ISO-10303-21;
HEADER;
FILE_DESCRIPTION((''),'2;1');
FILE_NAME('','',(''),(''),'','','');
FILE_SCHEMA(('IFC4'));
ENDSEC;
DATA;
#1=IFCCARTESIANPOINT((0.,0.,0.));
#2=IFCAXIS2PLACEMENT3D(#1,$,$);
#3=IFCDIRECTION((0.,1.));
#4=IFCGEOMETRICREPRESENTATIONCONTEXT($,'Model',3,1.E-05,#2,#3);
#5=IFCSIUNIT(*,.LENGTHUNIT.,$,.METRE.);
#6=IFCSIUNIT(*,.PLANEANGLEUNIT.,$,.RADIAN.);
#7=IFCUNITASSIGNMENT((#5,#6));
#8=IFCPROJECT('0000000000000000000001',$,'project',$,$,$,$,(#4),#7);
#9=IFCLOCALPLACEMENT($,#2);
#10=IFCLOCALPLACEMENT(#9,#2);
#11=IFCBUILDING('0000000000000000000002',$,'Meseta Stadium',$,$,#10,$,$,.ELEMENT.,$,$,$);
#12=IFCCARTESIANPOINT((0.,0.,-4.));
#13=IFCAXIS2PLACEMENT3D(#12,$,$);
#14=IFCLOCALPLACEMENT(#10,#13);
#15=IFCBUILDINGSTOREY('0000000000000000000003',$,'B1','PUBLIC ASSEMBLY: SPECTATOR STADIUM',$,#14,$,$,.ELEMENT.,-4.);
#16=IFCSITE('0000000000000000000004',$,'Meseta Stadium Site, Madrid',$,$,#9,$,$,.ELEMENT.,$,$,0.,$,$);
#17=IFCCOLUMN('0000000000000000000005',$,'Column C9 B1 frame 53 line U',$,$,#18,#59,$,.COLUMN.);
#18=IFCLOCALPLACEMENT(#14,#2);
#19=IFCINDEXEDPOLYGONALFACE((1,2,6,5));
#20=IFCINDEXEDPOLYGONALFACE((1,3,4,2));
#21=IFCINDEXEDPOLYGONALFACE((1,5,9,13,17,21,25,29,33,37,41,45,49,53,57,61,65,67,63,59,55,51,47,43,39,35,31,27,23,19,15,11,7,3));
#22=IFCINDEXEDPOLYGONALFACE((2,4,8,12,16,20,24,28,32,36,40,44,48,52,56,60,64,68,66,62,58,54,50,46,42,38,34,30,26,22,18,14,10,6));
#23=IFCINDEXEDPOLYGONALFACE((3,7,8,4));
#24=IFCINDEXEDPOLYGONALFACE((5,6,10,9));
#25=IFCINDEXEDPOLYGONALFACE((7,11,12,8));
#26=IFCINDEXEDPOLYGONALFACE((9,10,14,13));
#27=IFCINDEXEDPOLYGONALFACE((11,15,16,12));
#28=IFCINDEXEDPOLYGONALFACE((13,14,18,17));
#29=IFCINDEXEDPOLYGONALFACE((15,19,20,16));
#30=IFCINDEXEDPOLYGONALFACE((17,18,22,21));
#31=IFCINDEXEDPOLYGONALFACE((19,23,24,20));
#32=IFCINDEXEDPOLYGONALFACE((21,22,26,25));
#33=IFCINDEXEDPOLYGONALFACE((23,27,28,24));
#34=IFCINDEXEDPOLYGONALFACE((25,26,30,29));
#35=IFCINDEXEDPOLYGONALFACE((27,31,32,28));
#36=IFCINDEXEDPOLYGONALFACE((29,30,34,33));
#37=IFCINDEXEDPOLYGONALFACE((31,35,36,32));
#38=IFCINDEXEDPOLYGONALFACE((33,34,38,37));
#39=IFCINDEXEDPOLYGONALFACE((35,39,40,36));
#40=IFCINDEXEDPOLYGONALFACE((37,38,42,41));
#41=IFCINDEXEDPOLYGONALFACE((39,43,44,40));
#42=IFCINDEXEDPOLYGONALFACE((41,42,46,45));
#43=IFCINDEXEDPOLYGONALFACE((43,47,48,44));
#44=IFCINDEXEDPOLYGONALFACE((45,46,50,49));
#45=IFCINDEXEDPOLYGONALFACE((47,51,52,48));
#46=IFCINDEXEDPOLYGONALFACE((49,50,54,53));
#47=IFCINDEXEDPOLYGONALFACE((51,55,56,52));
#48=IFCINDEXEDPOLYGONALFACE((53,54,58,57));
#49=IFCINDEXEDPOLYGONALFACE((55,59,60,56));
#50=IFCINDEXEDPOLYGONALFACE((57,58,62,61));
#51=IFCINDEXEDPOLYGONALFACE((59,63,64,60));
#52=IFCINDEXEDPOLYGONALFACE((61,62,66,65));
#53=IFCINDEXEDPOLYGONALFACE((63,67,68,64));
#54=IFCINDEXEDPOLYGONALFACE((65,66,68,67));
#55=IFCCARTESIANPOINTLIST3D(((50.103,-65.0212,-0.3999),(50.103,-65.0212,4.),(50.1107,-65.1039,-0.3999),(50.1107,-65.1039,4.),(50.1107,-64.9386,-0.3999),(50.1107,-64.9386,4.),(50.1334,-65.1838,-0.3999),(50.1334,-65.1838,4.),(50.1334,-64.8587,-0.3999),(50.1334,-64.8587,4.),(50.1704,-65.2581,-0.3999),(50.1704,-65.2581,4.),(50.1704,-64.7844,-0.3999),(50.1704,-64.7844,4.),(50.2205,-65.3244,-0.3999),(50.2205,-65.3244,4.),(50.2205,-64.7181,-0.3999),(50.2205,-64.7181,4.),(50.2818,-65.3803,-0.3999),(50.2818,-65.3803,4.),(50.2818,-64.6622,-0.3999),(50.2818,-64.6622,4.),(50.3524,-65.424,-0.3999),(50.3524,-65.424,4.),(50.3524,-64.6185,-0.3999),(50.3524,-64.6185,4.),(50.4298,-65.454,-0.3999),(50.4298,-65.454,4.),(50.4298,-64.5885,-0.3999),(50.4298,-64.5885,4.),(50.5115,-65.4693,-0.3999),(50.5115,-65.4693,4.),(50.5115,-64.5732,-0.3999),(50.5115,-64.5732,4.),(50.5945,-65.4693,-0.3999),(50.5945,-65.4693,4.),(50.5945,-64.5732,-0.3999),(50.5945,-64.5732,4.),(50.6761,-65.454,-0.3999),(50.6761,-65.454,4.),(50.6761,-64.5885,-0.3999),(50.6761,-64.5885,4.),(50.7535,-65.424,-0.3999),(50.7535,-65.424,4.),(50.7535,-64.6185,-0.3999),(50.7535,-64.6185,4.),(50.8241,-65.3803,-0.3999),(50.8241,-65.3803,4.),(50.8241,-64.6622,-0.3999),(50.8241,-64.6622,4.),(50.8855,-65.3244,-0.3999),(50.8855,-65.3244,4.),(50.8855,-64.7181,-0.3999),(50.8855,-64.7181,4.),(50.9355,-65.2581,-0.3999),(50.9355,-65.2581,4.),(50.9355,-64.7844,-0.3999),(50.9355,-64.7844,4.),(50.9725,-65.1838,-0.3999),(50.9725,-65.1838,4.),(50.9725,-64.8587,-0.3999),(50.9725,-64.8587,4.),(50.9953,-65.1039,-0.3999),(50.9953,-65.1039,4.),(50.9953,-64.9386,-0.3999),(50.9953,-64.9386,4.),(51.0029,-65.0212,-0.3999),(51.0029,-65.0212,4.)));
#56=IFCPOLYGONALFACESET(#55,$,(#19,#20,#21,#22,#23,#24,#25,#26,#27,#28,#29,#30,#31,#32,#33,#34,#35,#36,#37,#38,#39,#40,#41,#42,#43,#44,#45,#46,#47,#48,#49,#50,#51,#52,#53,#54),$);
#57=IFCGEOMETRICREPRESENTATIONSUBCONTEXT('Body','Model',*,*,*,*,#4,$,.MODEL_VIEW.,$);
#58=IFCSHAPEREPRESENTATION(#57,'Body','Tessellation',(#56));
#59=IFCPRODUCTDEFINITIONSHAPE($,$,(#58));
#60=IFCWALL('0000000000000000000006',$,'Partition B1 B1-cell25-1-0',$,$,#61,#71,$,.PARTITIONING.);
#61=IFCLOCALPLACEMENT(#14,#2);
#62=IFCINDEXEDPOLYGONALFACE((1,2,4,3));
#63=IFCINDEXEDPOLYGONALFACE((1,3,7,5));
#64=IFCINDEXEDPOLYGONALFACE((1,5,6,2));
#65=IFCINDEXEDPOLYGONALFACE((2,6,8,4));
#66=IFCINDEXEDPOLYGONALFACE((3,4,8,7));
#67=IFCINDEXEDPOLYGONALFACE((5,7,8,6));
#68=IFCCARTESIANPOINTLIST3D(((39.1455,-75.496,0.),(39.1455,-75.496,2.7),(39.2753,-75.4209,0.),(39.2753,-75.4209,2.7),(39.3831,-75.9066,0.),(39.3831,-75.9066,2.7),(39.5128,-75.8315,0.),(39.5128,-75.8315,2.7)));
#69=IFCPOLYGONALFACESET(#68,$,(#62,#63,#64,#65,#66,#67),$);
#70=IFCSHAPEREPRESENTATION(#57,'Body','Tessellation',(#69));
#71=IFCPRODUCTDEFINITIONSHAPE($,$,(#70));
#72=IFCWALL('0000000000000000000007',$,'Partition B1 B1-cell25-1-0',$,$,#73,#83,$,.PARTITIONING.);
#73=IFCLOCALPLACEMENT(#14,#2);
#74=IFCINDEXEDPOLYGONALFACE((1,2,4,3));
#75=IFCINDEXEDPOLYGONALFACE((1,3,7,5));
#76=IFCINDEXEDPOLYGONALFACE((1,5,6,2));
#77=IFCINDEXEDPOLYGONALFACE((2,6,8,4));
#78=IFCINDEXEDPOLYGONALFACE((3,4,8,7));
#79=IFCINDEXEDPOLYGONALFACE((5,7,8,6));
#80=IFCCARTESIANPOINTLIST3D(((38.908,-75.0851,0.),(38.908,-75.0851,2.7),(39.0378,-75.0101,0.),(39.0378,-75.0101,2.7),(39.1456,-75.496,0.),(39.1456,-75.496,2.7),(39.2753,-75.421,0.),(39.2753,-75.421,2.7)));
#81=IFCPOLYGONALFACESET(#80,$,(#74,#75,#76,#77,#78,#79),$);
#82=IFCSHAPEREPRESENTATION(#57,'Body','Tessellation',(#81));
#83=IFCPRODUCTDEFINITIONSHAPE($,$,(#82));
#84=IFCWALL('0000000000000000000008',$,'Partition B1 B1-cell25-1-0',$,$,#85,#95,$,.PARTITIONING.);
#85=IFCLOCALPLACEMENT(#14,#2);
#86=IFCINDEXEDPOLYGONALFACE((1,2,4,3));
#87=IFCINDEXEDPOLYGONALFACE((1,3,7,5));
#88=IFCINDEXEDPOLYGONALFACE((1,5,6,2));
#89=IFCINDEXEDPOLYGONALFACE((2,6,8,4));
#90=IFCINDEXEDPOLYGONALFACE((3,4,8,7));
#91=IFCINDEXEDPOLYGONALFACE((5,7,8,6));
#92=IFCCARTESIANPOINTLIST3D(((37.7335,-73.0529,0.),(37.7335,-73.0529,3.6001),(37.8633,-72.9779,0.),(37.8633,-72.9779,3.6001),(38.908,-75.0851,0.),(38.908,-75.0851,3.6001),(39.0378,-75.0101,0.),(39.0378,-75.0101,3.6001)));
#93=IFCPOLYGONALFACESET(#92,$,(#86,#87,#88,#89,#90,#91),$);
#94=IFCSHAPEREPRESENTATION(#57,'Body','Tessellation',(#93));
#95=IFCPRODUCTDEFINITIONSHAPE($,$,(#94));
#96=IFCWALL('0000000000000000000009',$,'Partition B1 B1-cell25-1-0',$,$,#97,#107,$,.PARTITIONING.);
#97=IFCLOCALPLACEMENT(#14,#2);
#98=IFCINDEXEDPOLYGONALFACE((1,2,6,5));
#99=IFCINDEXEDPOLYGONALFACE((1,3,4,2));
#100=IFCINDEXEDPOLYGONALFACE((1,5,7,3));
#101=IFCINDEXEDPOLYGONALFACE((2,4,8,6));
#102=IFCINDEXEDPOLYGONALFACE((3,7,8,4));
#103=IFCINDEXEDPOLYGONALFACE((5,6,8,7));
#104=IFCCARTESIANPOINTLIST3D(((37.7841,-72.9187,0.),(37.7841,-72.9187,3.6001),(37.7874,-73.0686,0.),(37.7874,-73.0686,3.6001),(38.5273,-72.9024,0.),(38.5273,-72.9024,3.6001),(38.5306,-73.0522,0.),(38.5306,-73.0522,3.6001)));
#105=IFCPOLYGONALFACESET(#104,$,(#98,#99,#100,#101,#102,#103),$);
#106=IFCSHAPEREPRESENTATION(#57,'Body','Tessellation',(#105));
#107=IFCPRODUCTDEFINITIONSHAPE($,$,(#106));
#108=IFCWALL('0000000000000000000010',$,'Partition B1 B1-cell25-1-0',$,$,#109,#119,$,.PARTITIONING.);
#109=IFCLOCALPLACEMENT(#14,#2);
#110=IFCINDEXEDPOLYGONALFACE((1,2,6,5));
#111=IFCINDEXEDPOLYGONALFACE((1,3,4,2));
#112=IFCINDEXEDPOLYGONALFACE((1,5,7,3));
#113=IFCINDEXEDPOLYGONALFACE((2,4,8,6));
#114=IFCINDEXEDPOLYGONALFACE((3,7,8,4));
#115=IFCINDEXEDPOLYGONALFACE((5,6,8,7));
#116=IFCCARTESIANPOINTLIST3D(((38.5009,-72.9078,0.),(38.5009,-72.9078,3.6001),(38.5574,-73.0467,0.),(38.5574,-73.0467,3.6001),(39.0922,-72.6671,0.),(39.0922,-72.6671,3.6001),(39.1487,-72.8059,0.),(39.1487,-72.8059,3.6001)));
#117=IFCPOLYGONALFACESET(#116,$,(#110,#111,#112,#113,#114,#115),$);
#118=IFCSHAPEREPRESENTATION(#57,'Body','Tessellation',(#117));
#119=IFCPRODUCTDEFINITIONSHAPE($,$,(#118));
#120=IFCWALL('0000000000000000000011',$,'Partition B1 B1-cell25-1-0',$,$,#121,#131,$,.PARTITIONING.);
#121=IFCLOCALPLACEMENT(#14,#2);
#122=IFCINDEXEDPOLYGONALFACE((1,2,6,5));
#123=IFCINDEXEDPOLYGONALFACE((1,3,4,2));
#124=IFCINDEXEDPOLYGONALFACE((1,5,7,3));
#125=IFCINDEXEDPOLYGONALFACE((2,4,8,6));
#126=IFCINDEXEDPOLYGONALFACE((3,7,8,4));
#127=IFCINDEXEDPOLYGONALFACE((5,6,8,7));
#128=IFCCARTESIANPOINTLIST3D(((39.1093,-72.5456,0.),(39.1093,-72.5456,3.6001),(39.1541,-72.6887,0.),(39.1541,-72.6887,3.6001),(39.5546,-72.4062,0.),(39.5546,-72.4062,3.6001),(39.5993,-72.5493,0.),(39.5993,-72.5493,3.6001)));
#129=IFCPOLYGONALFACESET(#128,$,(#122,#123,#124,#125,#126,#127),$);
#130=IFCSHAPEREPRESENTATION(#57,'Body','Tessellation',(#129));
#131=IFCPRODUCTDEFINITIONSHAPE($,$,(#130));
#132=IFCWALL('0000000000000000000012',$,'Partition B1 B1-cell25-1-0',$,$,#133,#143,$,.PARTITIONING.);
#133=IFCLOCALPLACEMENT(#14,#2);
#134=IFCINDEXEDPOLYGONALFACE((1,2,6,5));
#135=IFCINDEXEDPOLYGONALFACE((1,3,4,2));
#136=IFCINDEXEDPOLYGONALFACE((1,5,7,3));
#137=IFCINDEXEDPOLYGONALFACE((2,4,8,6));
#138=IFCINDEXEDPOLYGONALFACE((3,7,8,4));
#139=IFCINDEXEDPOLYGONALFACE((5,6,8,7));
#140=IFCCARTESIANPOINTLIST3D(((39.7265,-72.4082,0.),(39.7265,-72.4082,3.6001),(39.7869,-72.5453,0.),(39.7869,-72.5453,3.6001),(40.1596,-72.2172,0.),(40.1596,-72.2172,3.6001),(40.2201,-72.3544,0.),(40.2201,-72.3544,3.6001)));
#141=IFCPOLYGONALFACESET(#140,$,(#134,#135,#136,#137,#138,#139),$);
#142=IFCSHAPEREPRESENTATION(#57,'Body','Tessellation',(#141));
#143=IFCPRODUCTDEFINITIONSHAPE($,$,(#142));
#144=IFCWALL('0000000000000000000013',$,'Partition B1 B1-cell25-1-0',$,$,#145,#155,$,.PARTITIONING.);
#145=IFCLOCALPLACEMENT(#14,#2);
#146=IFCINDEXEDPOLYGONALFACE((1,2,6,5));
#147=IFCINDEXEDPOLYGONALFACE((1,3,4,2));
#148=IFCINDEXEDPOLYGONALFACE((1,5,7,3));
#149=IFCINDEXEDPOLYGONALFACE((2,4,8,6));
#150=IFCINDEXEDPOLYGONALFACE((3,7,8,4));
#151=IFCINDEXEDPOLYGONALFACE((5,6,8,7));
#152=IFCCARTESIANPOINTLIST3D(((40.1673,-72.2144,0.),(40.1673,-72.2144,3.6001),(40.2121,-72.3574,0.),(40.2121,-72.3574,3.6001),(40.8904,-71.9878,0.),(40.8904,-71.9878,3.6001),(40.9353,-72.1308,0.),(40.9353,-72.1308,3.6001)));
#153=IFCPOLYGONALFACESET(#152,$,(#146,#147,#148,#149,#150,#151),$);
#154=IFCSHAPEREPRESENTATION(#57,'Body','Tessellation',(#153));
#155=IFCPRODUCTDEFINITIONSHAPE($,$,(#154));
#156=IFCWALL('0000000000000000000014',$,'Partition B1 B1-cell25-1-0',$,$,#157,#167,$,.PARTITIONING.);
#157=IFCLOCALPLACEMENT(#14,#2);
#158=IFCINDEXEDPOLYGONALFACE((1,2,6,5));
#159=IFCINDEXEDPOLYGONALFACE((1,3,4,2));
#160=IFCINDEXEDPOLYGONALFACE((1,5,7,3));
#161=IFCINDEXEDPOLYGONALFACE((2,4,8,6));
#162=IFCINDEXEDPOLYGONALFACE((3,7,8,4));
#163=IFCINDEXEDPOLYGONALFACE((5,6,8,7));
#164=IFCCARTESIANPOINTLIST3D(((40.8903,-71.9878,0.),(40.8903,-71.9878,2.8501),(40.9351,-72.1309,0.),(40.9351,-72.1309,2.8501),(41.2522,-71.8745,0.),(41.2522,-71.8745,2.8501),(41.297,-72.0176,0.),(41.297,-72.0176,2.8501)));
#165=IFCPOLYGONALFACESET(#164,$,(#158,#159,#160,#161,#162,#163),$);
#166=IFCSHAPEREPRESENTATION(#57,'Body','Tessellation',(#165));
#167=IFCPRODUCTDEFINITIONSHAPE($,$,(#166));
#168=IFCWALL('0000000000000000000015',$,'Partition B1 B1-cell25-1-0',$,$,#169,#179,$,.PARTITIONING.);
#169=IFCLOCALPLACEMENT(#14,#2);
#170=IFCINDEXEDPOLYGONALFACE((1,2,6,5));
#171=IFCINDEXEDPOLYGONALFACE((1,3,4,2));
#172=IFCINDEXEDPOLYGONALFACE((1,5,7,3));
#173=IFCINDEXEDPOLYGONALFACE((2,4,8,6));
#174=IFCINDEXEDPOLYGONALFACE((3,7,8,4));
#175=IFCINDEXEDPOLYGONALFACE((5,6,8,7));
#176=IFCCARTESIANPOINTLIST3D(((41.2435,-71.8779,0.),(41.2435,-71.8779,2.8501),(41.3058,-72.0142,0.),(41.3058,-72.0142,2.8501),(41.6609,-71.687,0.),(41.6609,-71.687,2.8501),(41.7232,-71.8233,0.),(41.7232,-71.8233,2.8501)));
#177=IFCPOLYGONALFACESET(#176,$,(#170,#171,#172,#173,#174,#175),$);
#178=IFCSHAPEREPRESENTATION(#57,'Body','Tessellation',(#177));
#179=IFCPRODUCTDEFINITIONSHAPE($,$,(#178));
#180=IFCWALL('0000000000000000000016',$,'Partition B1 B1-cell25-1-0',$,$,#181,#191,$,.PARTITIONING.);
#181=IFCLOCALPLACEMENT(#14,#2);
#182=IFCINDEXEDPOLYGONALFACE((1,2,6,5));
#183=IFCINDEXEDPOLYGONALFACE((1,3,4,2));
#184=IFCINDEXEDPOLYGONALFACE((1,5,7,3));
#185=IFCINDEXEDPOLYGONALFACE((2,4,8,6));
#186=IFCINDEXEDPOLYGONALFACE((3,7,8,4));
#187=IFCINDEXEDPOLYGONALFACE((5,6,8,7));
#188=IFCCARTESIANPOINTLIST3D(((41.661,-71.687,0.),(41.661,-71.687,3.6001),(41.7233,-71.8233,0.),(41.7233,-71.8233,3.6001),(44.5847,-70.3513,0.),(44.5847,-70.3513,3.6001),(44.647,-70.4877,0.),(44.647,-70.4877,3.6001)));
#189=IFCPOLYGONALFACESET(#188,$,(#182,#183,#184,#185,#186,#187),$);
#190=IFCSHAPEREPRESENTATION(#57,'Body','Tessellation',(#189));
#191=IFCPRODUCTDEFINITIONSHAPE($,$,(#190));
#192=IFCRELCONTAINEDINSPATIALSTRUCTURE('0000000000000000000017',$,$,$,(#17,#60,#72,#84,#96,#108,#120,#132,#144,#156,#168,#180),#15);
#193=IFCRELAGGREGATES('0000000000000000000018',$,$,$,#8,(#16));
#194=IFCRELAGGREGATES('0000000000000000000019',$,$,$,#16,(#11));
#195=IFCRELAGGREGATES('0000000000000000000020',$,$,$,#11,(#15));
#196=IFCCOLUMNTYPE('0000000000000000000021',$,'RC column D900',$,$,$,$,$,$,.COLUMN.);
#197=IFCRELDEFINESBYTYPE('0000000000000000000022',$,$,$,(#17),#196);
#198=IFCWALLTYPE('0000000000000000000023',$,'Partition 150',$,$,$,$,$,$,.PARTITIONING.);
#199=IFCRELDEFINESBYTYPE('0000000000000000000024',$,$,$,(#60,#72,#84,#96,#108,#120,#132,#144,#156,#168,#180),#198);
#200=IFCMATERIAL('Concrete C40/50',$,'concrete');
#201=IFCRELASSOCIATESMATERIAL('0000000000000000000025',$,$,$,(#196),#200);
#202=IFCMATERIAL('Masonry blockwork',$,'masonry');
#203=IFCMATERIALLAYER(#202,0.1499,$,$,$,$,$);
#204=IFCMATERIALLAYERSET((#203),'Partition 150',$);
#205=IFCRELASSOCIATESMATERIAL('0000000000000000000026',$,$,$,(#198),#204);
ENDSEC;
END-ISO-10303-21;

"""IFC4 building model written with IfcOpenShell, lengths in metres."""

from ifc_helpers import new_model, si_unit, direction, frame, frame_2d, origin, origin_2d, place, context, subcontext, project, spatial, rectangle, circle, extrude, material, layer, layer_set, material_profile, profile_set, type_object, element, save


model = new_model("IFC4")

# Units and contexts
model_context = context("Model", 3, precision=1e-05, world=origin(), true_north=direction((0.0, 1.0)))
body_context = subcontext(model_context, "Body", "Model", "MODEL_VIEW")
ifc_project = project(units=[si_unit("LENGTHUNIT", "METRE"), si_unit("PLANEANGLEUNIT", "RADIAN")], contexts=[model_context])

# Site, building, storey
site_placement = place(None, origin())
site = spatial("IfcSite", under=ifc_project, at=site_placement, Name="Meseta Stadium Site, Madrid", CompositionType="ELEMENT", RefElevation=0.0)
building_placement = place(site_placement, origin())
building = spatial("IfcBuilding", under=site, at=building_placement, Name="Meseta Stadium", CompositionType="ELEMENT")
storey_placement = place(building_placement, frame((0.0, 0.0, -4.0)))
storey = spatial("IfcBuildingStorey", under=building, at=storey_placement, Name="B1", Description="PUBLIC ASSEMBLY: SPECTATOR STADIUM", CompositionType="ELEMENT", Elevation=-4.0)

# Column
ifc_material_1 = material(Name="Concrete C40/50", Category="concrete")
ifc_material_profile_1 = material_profile(ifc_material_1, circle(Radius=0.45, at=origin_2d()), Name="RC D900")
ifc_profile_set_1 = profile_set([ifc_material_profile_1], Name="Concrete C40/50")
column_type_1 = type_object("IfcColumnType", Name="RC column D900", PredefinedType="COLUMN", material=ifc_profile_set_1)
for number, where, z_axis, x_axis, name in (
    (1, (50.553, -65.0212, -0.3999), (0.0, 0.0, 1.0), (1.0, 0.0, 0.0), "Column C9 B1 frame 53 line U"),
):
    element("IfcColumn", number, at=place(storey_placement, frame(where, z_axis=z_axis, x_axis=x_axis)), inside=storey, type_object=column_type_1, Name=name, PredefinedType="COLUMN", context=body_context, shape_type="SweptSolid", body=[
        extrude(circle(Radius=0.45, at=origin_2d()), origin(), (0.0, 0.0, 1.0), 4.3999),
    ])

# Walls
ifc_material_2 = material(Name="Masonry blockwork", Category="masonry")
ifc_layer = layer(ifc_material_2, 0.1499)
ifc_layer_set = layer_set([ifc_layer], Name="Partition 150")
wall_type = type_object("IfcWallType", Name="Partition 150", PredefinedType="PARTITIONING", material=ifc_layer_set)
wall_1_placement = place(storey_placement, frame((39.448, -75.8691, 0.0), z_axis=(0.0, 0.0, 1.0), x_axis=(-0.500732, 0.865602, 0.0)))
element("IfcWall", 2, at=wall_1_placement, inside=storey, type_object=wall_type, Name="Partition B1 B1-cell25-1-0", PredefinedType="PARTITIONING", context=body_context, shape_type="SweptSolid", body=[
    extrude(rectangle(XDim=0.4744, YDim=0.1499, at=frame_2d((0.2373, 0.0))), origin(), (0.0, 0.0, 1.0), 2.7),
])
wall_2_placement = place(storey_placement, frame((39.2104, -75.4585, 0.0), z_axis=(0.0, 0.0, 1.0), x_axis=(-0.500509, 0.865731, 0.0)))
element("IfcWall", 3, at=wall_2_placement, inside=storey, type_object=wall_type, Name="Partition B1 B1-cell25-1-0", PredefinedType="PARTITIONING", context=body_context, shape_type="SweptSolid", body=[
    extrude(rectangle(XDim=0.4746, YDim=0.1499, at=frame_2d((0.2373, 0.0))), origin(), (0.0, 0.0, 1.0), 2.7),
])
wall_3_placement = place(storey_placement, frame((38.9729, -75.0476, 0.0), z_axis=(0.0, 0.0, 1.0), x_axis=(-0.500401, 0.865794, 0.0)))
element("IfcWall", 4, at=wall_3_placement, inside=storey, type_object=wall_type, Name="Partition B1 B1-cell25-1-0", PredefinedType="PARTITIONING", context=body_context, shape_type="SweptSolid", body=[
    extrude(rectangle(XDim=2.3472, YDim=0.1499, at=frame_2d((1.1736, 0.0))), origin(), (0.0, 0.0, 1.0), 3.6001),
])
wall_4_placement = place(storey_placement, frame((37.7859, -72.9937, 0.0), z_axis=(0.0, 0.0, 1.0), x_axis=(0.999758, 0.022005, 0.0)))
element("IfcWall", 5, at=wall_4_placement, inside=storey, type_object=wall_type, Name="Partition B1 B1-cell25-1-0", PredefinedType="PARTITIONING", context=body_context, shape_type="SweptSolid", body=[
    extrude(rectangle(XDim=0.7434, YDim=0.1499, at=frame_2d((0.3716, 0.0))), origin(), (0.0, 0.0, 1.0), 3.6001),
])
wall_5_placement = place(storey_placement, frame((38.5291, -72.9773, 0.0), z_axis=(0.0, 0.0, 1.0), x_axis=(0.926191, 0.377054, 0.0)))
element("IfcWall", 6, at=wall_5_placement, inside=storey, type_object=wall_type, Name="Partition B1 B1-cell25-1-0", PredefinedType="PARTITIONING", context=body_context, shape_type="SweptSolid", body=[
    extrude(rectangle(XDim=0.6384, YDim=0.1499, at=frame_2d((0.3193, 0.0))), origin(), (0.0, 0.0, 1.0), 3.6001),
])
wall_6_placement = place(storey_placement, frame((39.1316, -72.6172, 0.0), z_axis=(0.0, 0.0, 1.0), x_axis=(0.954331, 0.298752, 0.0)))
element("IfcWall", 7, at=wall_6_placement, inside=storey, type_object=wall_type, Name="Partition B1 B1-cell25-1-0", PredefinedType="PARTITIONING", context=body_context, shape_type="SweptSolid", body=[
    extrude(rectangle(XDim=0.4666, YDim=0.1499, at=frame_2d((0.2334, 0.0))), origin(), (0.0, 0.0, 1.0), 3.6001),
])
wall_7_placement = place(storey_placement, frame((39.7566, -72.4768, 0.0), z_axis=(0.0, 0.0, 1.0), x_axis=(0.915041, 0.403361, 0.0)))
element("IfcWall", 8, at=wall_7_placement, inside=storey, type_object=wall_type, Name="Partition B1 B1-cell25-1-0", PredefinedType="PARTITIONING", context=body_context, shape_type="SweptSolid", body=[
    extrude(rectangle(XDim=0.4734, YDim=0.1499, at=frame_2d((0.2368, 0.0))), origin(), (0.0, 0.0, 1.0), 3.6001),
])
wall_8_placement = place(storey_placement, frame((40.1897, -72.2859, 0.0), z_axis=(0.0, 0.0, 1.0), x_axis=(0.954262, 0.298972, 0.0)))
element("IfcWall", 9, at=wall_8_placement, inside=storey, type_object=wall_type, Name="Partition B1 B1-cell25-1-0", PredefinedType="PARTITIONING", context=body_context, shape_type="SweptSolid", body=[
    extrude(rectangle(XDim=0.7578, YDim=0.1499, at=frame_2d((0.3789, 0.0))), origin(), (0.0, 0.0, 1.0), 3.6001),
])
wall_9_placement = place(storey_placement, frame((40.9128, -72.0593, 0.0), z_axis=(0.0, 0.0, 1.0), x_axis=(0.954319, 0.298788, 0.0)))
element("IfcWall", 10, at=wall_9_placement, inside=storey, type_object=wall_type, Name="Partition B1 B1-cell25-1-0", PredefinedType="PARTITIONING", context=body_context, shape_type="SweptSolid", body=[
    extrude(rectangle(XDim=0.3792, YDim=0.1499, at=frame_2d((0.1895, 0.0))), origin(), (0.0, 0.0, 1.0), 2.8501),
])
wall_10_placement = place(storey_placement, frame((41.2747, -71.946, 0.0), z_axis=(0.0, 0.0, 1.0), x_axis=(0.909417, 0.415885, 0.0)))
element("IfcWall", 11, at=wall_10_placement, inside=storey, type_object=wall_type, Name="Partition B1 B1-cell25-1-0", PredefinedType="PARTITIONING", context=body_context, shape_type="SweptSolid", body=[
    extrude(rectangle(XDim=0.459, YDim=0.1499, at=frame_2d((0.2295, 0.0))), origin(), (0.0, 0.0, 1.0), 2.8501),
])
wall_11_placement = place(storey_placement, frame((41.6921, -71.7551, 0.0), z_axis=(0.0, 0.0, 1.0), x_axis=(0.909582, 0.415525, 0.0)))
element("IfcWall", 12, at=wall_11_placement, inside=storey, type_object=wall_type, Name="Partition B1 B1-cell25-1-0", PredefinedType="PARTITIONING", context=body_context, shape_type="SweptSolid", body=[
    extrude(rectangle(XDim=3.2144, YDim=0.1499, at=frame_2d((1.6072, 0.0))), origin(), (0.0, 0.0, 1.0), 3.6001),
])

save(model, "model.ifc")
